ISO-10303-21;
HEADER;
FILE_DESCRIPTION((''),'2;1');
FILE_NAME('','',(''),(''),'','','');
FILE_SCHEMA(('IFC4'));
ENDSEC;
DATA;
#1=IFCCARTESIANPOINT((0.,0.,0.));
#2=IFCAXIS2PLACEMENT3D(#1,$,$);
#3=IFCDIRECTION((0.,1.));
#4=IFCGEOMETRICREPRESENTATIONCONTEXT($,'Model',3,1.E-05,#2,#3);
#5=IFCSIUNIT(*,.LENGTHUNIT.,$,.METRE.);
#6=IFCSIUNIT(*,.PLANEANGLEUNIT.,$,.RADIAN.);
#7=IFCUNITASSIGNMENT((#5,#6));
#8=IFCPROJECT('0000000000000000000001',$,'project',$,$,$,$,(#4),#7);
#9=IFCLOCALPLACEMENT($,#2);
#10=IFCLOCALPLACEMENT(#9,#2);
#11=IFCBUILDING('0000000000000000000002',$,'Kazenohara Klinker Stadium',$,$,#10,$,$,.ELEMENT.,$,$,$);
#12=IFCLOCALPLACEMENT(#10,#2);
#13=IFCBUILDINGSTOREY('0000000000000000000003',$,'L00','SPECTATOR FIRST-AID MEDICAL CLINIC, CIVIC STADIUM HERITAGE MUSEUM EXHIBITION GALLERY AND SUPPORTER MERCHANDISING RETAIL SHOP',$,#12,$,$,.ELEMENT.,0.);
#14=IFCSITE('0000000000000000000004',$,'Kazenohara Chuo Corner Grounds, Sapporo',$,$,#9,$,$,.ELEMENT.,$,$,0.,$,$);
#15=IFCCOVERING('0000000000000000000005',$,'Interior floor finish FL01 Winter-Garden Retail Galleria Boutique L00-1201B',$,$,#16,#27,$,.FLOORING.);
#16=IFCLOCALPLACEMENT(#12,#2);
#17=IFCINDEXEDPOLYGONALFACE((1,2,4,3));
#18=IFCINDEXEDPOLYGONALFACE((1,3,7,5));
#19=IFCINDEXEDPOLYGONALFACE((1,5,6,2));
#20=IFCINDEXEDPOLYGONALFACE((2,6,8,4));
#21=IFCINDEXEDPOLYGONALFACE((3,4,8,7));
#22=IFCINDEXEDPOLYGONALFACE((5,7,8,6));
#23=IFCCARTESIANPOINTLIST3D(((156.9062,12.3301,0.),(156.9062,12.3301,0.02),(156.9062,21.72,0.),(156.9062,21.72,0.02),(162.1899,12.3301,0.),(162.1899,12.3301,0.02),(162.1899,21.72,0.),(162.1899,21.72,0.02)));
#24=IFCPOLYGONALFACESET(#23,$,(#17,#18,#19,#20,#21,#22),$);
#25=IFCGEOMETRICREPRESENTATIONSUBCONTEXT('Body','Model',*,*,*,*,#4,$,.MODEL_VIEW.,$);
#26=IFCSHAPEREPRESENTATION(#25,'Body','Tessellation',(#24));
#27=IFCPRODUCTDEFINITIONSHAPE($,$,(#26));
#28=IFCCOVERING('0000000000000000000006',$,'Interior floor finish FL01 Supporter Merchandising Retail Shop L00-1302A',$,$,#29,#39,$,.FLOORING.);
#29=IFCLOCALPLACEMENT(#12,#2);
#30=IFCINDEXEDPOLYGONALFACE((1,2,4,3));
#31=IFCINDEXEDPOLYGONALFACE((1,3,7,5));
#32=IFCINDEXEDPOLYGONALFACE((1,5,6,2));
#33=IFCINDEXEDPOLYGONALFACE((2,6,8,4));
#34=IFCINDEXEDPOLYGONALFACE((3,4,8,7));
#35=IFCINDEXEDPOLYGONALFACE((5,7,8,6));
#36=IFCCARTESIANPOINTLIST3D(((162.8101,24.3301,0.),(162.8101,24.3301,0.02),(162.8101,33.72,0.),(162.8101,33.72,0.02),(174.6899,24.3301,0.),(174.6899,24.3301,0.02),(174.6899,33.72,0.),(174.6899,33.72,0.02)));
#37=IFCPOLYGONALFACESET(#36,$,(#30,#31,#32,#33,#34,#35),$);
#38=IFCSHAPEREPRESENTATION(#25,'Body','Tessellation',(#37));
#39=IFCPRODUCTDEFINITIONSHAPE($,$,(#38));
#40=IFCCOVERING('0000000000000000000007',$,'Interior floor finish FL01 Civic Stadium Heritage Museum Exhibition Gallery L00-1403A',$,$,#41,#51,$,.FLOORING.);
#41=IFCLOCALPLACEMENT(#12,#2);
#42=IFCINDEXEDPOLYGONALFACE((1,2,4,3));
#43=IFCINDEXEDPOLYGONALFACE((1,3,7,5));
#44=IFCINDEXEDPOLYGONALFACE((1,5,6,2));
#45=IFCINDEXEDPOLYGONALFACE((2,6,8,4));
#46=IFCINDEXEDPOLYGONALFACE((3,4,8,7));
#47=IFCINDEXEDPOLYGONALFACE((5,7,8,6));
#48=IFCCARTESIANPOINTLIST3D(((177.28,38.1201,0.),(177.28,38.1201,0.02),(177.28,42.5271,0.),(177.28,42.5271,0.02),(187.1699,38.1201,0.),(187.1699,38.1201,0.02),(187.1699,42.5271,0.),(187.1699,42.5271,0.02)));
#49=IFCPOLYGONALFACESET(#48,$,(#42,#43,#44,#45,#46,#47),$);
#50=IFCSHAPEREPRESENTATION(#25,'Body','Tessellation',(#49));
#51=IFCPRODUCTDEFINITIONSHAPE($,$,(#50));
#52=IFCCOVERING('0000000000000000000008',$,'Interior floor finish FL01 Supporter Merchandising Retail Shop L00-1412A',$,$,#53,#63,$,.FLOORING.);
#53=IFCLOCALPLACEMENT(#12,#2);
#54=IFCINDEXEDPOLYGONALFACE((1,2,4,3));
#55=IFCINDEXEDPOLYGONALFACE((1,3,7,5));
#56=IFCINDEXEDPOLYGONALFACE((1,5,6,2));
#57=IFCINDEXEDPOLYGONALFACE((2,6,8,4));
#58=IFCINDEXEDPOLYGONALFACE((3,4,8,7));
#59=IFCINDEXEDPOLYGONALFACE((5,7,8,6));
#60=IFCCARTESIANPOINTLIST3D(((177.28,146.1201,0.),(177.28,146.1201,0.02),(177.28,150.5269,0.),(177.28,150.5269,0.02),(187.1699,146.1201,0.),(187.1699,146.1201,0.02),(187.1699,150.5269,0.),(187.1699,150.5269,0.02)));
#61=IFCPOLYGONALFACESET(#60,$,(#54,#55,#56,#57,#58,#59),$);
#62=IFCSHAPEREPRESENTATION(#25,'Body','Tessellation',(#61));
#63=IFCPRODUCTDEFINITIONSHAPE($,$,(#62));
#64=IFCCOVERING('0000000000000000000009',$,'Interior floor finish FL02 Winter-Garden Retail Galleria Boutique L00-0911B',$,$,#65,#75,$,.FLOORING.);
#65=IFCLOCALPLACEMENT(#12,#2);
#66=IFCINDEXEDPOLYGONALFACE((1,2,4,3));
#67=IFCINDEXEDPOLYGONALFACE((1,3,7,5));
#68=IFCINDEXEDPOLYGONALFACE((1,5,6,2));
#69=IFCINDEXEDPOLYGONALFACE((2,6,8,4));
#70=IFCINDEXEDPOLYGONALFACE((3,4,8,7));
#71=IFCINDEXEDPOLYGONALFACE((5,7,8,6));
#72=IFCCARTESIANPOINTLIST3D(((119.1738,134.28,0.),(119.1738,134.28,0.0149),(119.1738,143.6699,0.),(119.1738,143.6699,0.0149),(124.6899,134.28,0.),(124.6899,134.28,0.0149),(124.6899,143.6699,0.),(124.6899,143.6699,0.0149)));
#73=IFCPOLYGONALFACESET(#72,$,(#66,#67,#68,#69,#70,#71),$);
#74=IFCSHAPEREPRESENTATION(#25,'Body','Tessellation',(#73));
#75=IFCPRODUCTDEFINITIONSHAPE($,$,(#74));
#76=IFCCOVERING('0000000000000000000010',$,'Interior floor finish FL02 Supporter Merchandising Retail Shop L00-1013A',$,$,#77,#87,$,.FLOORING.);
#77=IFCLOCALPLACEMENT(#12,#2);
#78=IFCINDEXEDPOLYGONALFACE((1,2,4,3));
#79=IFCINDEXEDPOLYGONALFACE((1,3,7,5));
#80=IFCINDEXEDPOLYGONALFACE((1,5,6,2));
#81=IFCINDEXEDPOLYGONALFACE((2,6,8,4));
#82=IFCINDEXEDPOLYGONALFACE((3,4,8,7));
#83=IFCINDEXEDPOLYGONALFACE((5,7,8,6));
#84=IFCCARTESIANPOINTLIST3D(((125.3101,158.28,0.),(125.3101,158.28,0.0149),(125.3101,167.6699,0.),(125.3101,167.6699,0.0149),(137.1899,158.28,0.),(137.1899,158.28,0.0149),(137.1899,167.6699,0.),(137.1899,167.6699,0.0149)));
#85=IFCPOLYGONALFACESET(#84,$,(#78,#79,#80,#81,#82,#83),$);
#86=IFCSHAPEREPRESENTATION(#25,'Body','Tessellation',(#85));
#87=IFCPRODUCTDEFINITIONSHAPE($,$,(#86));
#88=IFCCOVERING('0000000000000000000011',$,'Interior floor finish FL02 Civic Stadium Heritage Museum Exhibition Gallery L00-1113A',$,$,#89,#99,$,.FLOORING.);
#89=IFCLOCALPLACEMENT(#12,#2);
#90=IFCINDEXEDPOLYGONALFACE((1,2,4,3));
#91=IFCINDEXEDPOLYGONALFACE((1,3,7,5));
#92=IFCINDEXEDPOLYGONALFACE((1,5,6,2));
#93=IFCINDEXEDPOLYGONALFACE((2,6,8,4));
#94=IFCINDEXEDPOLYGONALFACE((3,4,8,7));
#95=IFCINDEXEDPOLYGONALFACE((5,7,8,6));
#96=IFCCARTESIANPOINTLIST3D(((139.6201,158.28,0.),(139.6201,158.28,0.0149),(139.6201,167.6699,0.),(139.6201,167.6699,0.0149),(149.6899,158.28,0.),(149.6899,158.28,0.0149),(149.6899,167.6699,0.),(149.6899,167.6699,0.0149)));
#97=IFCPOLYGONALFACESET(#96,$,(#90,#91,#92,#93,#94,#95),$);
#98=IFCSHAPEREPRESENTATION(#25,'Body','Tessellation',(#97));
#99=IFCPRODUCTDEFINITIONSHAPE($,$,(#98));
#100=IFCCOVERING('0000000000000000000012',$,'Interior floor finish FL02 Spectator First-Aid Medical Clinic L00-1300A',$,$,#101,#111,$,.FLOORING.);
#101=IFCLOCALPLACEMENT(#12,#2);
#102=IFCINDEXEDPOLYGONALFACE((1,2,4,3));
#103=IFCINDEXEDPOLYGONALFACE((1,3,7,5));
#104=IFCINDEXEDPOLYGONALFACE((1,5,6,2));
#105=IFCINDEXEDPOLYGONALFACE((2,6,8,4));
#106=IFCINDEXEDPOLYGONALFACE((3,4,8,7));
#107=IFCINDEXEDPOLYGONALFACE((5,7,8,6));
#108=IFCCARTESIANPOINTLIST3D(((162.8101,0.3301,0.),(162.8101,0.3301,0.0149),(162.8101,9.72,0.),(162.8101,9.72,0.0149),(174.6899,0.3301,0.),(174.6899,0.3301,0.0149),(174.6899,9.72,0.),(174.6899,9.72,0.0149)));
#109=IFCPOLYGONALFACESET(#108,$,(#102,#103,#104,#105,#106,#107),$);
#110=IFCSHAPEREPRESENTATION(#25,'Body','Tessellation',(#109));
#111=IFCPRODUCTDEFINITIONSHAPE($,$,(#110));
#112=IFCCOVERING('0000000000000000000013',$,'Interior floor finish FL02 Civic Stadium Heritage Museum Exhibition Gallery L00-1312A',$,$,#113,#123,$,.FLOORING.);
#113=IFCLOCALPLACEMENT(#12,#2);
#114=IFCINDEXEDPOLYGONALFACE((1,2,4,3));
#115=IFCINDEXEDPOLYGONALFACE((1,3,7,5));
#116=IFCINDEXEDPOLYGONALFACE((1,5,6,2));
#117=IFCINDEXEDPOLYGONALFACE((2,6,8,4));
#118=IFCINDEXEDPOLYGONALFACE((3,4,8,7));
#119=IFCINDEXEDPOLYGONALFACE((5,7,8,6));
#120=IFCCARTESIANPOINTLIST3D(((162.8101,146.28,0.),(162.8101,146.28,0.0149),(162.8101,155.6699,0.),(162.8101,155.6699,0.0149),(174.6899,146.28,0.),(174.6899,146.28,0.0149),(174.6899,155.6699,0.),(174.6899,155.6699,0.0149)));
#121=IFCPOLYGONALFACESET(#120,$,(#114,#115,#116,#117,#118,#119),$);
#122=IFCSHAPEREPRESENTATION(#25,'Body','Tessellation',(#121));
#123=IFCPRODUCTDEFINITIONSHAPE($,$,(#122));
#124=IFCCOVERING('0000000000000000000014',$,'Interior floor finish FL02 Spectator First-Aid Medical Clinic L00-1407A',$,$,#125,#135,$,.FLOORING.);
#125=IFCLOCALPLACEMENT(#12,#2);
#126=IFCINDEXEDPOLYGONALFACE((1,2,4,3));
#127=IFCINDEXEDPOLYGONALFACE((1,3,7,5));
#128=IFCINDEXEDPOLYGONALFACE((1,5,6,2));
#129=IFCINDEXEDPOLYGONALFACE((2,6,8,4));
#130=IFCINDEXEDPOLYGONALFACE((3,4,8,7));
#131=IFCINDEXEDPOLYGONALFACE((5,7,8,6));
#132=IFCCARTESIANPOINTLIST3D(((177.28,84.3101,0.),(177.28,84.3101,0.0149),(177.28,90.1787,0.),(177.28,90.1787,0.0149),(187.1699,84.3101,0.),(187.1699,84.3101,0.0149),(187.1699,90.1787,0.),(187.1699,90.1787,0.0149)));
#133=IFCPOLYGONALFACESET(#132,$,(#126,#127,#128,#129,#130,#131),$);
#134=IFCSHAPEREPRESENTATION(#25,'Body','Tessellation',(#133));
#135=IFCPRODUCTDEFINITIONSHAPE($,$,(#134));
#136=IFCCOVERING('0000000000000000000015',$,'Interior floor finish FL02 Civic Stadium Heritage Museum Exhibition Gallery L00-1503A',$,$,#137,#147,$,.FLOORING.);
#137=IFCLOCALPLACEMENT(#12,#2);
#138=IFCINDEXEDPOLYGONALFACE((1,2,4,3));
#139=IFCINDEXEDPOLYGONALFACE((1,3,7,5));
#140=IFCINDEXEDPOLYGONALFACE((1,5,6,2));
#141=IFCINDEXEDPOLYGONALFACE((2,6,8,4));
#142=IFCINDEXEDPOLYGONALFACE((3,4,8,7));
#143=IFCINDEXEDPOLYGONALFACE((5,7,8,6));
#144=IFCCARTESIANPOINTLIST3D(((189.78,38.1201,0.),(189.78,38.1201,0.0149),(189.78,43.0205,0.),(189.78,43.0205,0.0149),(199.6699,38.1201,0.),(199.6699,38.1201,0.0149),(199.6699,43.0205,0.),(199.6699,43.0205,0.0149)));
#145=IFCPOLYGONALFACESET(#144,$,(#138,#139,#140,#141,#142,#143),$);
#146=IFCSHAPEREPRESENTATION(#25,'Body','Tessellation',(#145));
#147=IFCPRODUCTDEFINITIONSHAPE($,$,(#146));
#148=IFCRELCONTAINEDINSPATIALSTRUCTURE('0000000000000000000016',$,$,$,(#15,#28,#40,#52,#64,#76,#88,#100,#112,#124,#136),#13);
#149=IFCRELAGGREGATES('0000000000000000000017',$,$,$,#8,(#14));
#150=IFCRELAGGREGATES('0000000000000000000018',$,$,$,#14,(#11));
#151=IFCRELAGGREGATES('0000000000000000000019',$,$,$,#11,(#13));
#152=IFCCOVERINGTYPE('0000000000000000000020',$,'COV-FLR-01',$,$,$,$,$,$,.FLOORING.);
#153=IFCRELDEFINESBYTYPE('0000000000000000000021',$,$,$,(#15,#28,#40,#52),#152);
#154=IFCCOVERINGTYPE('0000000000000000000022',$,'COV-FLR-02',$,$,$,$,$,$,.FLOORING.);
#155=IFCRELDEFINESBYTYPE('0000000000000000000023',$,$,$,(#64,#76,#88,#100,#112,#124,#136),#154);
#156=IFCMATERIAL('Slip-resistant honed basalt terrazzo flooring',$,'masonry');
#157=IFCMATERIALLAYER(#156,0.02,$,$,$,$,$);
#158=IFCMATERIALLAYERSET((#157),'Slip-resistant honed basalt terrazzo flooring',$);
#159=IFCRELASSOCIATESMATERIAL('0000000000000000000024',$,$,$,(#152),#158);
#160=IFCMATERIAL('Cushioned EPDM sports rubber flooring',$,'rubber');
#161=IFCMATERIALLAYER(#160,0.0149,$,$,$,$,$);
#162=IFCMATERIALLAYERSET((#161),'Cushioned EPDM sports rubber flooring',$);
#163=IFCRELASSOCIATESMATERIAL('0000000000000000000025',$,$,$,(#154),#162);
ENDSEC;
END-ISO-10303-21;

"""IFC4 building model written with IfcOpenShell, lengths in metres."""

from ifc_helpers import new_model, si_unit, direction, origin, place, context, subcontext, project, spatial, polyline, outline, extrude, material, layer, layer_set, type_object, element, save


model = new_model("IFC4")

# Units and contexts
model_context = context("Model", 3, precision=1e-05, world=origin(), true_north=direction((0.0, 1.0)))
body_context = subcontext(model_context, "Body", "Model", "MODEL_VIEW")
ifc_project = project(units=[si_unit("LENGTHUNIT", "METRE"), si_unit("PLANEANGLEUNIT", "RADIAN")], contexts=[model_context])

# Site, building, storey
site_placement = place(None, origin())
site = spatial("IfcSite", under=ifc_project, at=site_placement, Name="Kazenohara Chuo Corner Grounds, Sapporo", CompositionType="ELEMENT", RefElevation=0.0)
building_placement = place(site_placement, origin())
building = spatial("IfcBuilding", under=site, at=building_placement, Name="Kazenohara Klinker Stadium", CompositionType="ELEMENT")
storey_placement = place(building_placement, origin())
storey = spatial("IfcBuildingStorey", under=building, at=storey_placement, Name="L00", Description="SPECTATOR FIRST-AID MEDICAL CLINIC, CIVIC STADIUM HERITAGE MUSEUM EXHIBITION GALLERY AND SUPPORTER MERCHANDISING RETAIL SHOP", CompositionType="ELEMENT", Elevation=0.0)

# Coverings
ifc_material_1 = material(Name="Slip-resistant honed basalt terrazzo flooring", Category="masonry")
ifc_layer_1 = layer(ifc_material_1, 0.02)
ifc_layer_set_1 = layer_set([ifc_layer_1], Name="Slip-resistant honed basalt terrazzo flooring")
covering_type_1 = type_object("IfcCoveringType", Name="COV-FLR-01", PredefinedType="FLOORING", material=ifc_layer_set_1)
covering_1_placement = place(storey_placement, origin())
element("IfcCovering", 1, at=covering_1_placement, inside=storey, type_object=covering_type_1, Name="Interior floor finish FL01 Winter-Garden Retail Galleria Boutique L00-1201B", PredefinedType="FLOORING", context=body_context, shape_type="SweptSolid", body=[
    extrude(outline(polyline([(156.9062, 12.3301), (162.1899, 12.3301), (162.1899, 21.72), (156.9062, 21.72), (156.9062, 12.3301)])), origin(), (0.0, 0.0, 1.0), 0.02),
])
covering_2_placement = place(storey_placement, origin())
element("IfcCovering", 2, at=covering_2_placement, inside=storey, type_object=covering_type_1, Name="Interior floor finish FL01 Supporter Merchandising Retail Shop L00-1302A", PredefinedType="FLOORING", context=body_context, shape_type="SweptSolid", body=[
    extrude(outline(polyline([(162.8101, 24.3301), (174.6899, 24.3301), (174.6899, 33.72), (162.8101, 33.72), (162.8101, 24.3301)])), origin(), (0.0, 0.0, 1.0), 0.02),
])
covering_3_placement = place(storey_placement, origin())
element("IfcCovering", 3, at=covering_3_placement, inside=storey, type_object=covering_type_1, Name="Interior floor finish FL01 Civic Stadium Heritage Museum Exhibition Gallery L00-1403A", PredefinedType="FLOORING", context=body_context, shape_type="SweptSolid", body=[
    extrude(outline(polyline([(177.28, 38.1201), (187.1699, 38.1201), (187.1699, 42.5271), (177.28, 42.5271), (177.28, 38.1201)])), origin(), (0.0, 0.0, 1.0), 0.02),
])
covering_4_placement = place(storey_placement, origin())
element("IfcCovering", 4, at=covering_4_placement, inside=storey, type_object=covering_type_1, Name="Interior floor finish FL01 Supporter Merchandising Retail Shop L00-1412A", PredefinedType="FLOORING", context=body_context, shape_type="SweptSolid", body=[
    extrude(outline(polyline([(177.28, 146.1201), (187.1699, 146.1201), (187.1699, 150.5269), (177.28, 150.5269), (177.28, 146.1201)])), origin(), (0.0, 0.0, 1.0), 0.02),
])
ifc_material_2 = material(Name="Cushioned EPDM sports rubber flooring", Category="rubber")
ifc_layer_2 = layer(ifc_material_2, 0.0149)
ifc_layer_set_2 = layer_set([ifc_layer_2], Name="Cushioned EPDM sports rubber flooring")
covering_type_2 = type_object("IfcCoveringType", Name="COV-FLR-02", PredefinedType="FLOORING", material=ifc_layer_set_2)
covering_5_placement = place(storey_placement, origin())
element("IfcCovering", 5, at=covering_5_placement, inside=storey, type_object=covering_type_2, Name="Interior floor finish FL02 Winter-Garden Retail Galleria Boutique L00-0911B", PredefinedType="FLOORING", context=body_context, shape_type="SweptSolid", body=[
    extrude(outline(polyline([(119.1738, 134.28), (124.6899, 134.28), (124.6899, 143.6699), (119.1738, 143.6699), (119.1738, 134.28)])), origin(), (0.0, 0.0, 1.0), 0.0149),
])
covering_6_placement = place(storey_placement, origin())
element("IfcCovering", 6, at=covering_6_placement, inside=storey, type_object=covering_type_2, Name="Interior floor finish FL02 Supporter Merchandising Retail Shop L00-1013A", PredefinedType="FLOORING", context=body_context, shape_type="SweptSolid", body=[
    extrude(outline(polyline([(125.3101, 158.28), (137.1899, 158.28), (137.1899, 167.6699), (125.3101, 167.6699), (125.3101, 158.28)])), origin(), (0.0, 0.0, 1.0), 0.0149),
])
covering_7_placement = place(storey_placement, origin())
element("IfcCovering", 7, at=covering_7_placement, inside=storey, type_object=covering_type_2, Name="Interior floor finish FL02 Civic Stadium Heritage Museum Exhibition Gallery L00-1113A", PredefinedType="FLOORING", context=body_context, shape_type="SweptSolid", body=[
    extrude(outline(polyline([(139.6201, 158.28), (149.6899, 158.28), (149.6899, 167.6699), (139.6201, 167.6699), (139.6201, 158.28)])), origin(), (0.0, 0.0, 1.0), 0.0149),
])
covering_8_placement = place(storey_placement, origin())
element("IfcCovering", 8, at=covering_8_placement, inside=storey, type_object=covering_type_2, Name="Interior floor finish FL02 Spectator First-Aid Medical Clinic L00-1300A", PredefinedType="FLOORING", context=body_context, shape_type="SweptSolid", body=[
    extrude(outline(polyline([(162.8101, 0.3301), (174.6899, 0.3301), (174.6899, 9.72), (162.8101, 9.72), (162.8101, 0.3301)])), origin(), (0.0, 0.0, 1.0), 0.0149),
])
covering_9_placement = place(storey_placement, origin())
element("IfcCovering", 9, at=covering_9_placement, inside=storey, type_object=covering_type_2, Name="Interior floor finish FL02 Civic Stadium Heritage Museum Exhibition Gallery L00-1312A", PredefinedType="FLOORING", context=body_context, shape_type="SweptSolid", body=[
    extrude(outline(polyline([(162.8101, 146.28), (174.6899, 146.28), (174.6899, 155.6699), (162.8101, 155.6699), (162.8101, 146.28)])), origin(), (0.0, 0.0, 1.0), 0.0149),
])
covering_10_placement = place(storey_placement, origin())
element("IfcCovering", 10, at=covering_10_placement, inside=storey, type_object=covering_type_2, Name="Interior floor finish FL02 Spectator First-Aid Medical Clinic L00-1407A", PredefinedType="FLOORING", context=body_context, shape_type="SweptSolid", body=[
    extrude(outline(polyline([(177.28, 84.3101), (187.1699, 84.3101), (187.1699, 90.1787), (177.28, 90.1787), (177.28, 84.3101)])), origin(), (0.0, 0.0, 1.0), 0.0149),
])
covering_11_placement = place(storey_placement, origin())
element("IfcCovering", 11, at=covering_11_placement, inside=storey, type_object=covering_type_2, Name="Interior floor finish FL02 Civic Stadium Heritage Museum Exhibition Gallery L00-1503A", PredefinedType="FLOORING", context=body_context, shape_type="SweptSolid", body=[
    extrude(outline(polyline([(189.78, 38.1201), (199.6699, 38.1201), (199.6699, 43.0205), (189.78, 43.0205), (189.78, 38.1201)])), origin(), (0.0, 0.0, 1.0), 0.0149),
])

save(model, "model.ifc")
